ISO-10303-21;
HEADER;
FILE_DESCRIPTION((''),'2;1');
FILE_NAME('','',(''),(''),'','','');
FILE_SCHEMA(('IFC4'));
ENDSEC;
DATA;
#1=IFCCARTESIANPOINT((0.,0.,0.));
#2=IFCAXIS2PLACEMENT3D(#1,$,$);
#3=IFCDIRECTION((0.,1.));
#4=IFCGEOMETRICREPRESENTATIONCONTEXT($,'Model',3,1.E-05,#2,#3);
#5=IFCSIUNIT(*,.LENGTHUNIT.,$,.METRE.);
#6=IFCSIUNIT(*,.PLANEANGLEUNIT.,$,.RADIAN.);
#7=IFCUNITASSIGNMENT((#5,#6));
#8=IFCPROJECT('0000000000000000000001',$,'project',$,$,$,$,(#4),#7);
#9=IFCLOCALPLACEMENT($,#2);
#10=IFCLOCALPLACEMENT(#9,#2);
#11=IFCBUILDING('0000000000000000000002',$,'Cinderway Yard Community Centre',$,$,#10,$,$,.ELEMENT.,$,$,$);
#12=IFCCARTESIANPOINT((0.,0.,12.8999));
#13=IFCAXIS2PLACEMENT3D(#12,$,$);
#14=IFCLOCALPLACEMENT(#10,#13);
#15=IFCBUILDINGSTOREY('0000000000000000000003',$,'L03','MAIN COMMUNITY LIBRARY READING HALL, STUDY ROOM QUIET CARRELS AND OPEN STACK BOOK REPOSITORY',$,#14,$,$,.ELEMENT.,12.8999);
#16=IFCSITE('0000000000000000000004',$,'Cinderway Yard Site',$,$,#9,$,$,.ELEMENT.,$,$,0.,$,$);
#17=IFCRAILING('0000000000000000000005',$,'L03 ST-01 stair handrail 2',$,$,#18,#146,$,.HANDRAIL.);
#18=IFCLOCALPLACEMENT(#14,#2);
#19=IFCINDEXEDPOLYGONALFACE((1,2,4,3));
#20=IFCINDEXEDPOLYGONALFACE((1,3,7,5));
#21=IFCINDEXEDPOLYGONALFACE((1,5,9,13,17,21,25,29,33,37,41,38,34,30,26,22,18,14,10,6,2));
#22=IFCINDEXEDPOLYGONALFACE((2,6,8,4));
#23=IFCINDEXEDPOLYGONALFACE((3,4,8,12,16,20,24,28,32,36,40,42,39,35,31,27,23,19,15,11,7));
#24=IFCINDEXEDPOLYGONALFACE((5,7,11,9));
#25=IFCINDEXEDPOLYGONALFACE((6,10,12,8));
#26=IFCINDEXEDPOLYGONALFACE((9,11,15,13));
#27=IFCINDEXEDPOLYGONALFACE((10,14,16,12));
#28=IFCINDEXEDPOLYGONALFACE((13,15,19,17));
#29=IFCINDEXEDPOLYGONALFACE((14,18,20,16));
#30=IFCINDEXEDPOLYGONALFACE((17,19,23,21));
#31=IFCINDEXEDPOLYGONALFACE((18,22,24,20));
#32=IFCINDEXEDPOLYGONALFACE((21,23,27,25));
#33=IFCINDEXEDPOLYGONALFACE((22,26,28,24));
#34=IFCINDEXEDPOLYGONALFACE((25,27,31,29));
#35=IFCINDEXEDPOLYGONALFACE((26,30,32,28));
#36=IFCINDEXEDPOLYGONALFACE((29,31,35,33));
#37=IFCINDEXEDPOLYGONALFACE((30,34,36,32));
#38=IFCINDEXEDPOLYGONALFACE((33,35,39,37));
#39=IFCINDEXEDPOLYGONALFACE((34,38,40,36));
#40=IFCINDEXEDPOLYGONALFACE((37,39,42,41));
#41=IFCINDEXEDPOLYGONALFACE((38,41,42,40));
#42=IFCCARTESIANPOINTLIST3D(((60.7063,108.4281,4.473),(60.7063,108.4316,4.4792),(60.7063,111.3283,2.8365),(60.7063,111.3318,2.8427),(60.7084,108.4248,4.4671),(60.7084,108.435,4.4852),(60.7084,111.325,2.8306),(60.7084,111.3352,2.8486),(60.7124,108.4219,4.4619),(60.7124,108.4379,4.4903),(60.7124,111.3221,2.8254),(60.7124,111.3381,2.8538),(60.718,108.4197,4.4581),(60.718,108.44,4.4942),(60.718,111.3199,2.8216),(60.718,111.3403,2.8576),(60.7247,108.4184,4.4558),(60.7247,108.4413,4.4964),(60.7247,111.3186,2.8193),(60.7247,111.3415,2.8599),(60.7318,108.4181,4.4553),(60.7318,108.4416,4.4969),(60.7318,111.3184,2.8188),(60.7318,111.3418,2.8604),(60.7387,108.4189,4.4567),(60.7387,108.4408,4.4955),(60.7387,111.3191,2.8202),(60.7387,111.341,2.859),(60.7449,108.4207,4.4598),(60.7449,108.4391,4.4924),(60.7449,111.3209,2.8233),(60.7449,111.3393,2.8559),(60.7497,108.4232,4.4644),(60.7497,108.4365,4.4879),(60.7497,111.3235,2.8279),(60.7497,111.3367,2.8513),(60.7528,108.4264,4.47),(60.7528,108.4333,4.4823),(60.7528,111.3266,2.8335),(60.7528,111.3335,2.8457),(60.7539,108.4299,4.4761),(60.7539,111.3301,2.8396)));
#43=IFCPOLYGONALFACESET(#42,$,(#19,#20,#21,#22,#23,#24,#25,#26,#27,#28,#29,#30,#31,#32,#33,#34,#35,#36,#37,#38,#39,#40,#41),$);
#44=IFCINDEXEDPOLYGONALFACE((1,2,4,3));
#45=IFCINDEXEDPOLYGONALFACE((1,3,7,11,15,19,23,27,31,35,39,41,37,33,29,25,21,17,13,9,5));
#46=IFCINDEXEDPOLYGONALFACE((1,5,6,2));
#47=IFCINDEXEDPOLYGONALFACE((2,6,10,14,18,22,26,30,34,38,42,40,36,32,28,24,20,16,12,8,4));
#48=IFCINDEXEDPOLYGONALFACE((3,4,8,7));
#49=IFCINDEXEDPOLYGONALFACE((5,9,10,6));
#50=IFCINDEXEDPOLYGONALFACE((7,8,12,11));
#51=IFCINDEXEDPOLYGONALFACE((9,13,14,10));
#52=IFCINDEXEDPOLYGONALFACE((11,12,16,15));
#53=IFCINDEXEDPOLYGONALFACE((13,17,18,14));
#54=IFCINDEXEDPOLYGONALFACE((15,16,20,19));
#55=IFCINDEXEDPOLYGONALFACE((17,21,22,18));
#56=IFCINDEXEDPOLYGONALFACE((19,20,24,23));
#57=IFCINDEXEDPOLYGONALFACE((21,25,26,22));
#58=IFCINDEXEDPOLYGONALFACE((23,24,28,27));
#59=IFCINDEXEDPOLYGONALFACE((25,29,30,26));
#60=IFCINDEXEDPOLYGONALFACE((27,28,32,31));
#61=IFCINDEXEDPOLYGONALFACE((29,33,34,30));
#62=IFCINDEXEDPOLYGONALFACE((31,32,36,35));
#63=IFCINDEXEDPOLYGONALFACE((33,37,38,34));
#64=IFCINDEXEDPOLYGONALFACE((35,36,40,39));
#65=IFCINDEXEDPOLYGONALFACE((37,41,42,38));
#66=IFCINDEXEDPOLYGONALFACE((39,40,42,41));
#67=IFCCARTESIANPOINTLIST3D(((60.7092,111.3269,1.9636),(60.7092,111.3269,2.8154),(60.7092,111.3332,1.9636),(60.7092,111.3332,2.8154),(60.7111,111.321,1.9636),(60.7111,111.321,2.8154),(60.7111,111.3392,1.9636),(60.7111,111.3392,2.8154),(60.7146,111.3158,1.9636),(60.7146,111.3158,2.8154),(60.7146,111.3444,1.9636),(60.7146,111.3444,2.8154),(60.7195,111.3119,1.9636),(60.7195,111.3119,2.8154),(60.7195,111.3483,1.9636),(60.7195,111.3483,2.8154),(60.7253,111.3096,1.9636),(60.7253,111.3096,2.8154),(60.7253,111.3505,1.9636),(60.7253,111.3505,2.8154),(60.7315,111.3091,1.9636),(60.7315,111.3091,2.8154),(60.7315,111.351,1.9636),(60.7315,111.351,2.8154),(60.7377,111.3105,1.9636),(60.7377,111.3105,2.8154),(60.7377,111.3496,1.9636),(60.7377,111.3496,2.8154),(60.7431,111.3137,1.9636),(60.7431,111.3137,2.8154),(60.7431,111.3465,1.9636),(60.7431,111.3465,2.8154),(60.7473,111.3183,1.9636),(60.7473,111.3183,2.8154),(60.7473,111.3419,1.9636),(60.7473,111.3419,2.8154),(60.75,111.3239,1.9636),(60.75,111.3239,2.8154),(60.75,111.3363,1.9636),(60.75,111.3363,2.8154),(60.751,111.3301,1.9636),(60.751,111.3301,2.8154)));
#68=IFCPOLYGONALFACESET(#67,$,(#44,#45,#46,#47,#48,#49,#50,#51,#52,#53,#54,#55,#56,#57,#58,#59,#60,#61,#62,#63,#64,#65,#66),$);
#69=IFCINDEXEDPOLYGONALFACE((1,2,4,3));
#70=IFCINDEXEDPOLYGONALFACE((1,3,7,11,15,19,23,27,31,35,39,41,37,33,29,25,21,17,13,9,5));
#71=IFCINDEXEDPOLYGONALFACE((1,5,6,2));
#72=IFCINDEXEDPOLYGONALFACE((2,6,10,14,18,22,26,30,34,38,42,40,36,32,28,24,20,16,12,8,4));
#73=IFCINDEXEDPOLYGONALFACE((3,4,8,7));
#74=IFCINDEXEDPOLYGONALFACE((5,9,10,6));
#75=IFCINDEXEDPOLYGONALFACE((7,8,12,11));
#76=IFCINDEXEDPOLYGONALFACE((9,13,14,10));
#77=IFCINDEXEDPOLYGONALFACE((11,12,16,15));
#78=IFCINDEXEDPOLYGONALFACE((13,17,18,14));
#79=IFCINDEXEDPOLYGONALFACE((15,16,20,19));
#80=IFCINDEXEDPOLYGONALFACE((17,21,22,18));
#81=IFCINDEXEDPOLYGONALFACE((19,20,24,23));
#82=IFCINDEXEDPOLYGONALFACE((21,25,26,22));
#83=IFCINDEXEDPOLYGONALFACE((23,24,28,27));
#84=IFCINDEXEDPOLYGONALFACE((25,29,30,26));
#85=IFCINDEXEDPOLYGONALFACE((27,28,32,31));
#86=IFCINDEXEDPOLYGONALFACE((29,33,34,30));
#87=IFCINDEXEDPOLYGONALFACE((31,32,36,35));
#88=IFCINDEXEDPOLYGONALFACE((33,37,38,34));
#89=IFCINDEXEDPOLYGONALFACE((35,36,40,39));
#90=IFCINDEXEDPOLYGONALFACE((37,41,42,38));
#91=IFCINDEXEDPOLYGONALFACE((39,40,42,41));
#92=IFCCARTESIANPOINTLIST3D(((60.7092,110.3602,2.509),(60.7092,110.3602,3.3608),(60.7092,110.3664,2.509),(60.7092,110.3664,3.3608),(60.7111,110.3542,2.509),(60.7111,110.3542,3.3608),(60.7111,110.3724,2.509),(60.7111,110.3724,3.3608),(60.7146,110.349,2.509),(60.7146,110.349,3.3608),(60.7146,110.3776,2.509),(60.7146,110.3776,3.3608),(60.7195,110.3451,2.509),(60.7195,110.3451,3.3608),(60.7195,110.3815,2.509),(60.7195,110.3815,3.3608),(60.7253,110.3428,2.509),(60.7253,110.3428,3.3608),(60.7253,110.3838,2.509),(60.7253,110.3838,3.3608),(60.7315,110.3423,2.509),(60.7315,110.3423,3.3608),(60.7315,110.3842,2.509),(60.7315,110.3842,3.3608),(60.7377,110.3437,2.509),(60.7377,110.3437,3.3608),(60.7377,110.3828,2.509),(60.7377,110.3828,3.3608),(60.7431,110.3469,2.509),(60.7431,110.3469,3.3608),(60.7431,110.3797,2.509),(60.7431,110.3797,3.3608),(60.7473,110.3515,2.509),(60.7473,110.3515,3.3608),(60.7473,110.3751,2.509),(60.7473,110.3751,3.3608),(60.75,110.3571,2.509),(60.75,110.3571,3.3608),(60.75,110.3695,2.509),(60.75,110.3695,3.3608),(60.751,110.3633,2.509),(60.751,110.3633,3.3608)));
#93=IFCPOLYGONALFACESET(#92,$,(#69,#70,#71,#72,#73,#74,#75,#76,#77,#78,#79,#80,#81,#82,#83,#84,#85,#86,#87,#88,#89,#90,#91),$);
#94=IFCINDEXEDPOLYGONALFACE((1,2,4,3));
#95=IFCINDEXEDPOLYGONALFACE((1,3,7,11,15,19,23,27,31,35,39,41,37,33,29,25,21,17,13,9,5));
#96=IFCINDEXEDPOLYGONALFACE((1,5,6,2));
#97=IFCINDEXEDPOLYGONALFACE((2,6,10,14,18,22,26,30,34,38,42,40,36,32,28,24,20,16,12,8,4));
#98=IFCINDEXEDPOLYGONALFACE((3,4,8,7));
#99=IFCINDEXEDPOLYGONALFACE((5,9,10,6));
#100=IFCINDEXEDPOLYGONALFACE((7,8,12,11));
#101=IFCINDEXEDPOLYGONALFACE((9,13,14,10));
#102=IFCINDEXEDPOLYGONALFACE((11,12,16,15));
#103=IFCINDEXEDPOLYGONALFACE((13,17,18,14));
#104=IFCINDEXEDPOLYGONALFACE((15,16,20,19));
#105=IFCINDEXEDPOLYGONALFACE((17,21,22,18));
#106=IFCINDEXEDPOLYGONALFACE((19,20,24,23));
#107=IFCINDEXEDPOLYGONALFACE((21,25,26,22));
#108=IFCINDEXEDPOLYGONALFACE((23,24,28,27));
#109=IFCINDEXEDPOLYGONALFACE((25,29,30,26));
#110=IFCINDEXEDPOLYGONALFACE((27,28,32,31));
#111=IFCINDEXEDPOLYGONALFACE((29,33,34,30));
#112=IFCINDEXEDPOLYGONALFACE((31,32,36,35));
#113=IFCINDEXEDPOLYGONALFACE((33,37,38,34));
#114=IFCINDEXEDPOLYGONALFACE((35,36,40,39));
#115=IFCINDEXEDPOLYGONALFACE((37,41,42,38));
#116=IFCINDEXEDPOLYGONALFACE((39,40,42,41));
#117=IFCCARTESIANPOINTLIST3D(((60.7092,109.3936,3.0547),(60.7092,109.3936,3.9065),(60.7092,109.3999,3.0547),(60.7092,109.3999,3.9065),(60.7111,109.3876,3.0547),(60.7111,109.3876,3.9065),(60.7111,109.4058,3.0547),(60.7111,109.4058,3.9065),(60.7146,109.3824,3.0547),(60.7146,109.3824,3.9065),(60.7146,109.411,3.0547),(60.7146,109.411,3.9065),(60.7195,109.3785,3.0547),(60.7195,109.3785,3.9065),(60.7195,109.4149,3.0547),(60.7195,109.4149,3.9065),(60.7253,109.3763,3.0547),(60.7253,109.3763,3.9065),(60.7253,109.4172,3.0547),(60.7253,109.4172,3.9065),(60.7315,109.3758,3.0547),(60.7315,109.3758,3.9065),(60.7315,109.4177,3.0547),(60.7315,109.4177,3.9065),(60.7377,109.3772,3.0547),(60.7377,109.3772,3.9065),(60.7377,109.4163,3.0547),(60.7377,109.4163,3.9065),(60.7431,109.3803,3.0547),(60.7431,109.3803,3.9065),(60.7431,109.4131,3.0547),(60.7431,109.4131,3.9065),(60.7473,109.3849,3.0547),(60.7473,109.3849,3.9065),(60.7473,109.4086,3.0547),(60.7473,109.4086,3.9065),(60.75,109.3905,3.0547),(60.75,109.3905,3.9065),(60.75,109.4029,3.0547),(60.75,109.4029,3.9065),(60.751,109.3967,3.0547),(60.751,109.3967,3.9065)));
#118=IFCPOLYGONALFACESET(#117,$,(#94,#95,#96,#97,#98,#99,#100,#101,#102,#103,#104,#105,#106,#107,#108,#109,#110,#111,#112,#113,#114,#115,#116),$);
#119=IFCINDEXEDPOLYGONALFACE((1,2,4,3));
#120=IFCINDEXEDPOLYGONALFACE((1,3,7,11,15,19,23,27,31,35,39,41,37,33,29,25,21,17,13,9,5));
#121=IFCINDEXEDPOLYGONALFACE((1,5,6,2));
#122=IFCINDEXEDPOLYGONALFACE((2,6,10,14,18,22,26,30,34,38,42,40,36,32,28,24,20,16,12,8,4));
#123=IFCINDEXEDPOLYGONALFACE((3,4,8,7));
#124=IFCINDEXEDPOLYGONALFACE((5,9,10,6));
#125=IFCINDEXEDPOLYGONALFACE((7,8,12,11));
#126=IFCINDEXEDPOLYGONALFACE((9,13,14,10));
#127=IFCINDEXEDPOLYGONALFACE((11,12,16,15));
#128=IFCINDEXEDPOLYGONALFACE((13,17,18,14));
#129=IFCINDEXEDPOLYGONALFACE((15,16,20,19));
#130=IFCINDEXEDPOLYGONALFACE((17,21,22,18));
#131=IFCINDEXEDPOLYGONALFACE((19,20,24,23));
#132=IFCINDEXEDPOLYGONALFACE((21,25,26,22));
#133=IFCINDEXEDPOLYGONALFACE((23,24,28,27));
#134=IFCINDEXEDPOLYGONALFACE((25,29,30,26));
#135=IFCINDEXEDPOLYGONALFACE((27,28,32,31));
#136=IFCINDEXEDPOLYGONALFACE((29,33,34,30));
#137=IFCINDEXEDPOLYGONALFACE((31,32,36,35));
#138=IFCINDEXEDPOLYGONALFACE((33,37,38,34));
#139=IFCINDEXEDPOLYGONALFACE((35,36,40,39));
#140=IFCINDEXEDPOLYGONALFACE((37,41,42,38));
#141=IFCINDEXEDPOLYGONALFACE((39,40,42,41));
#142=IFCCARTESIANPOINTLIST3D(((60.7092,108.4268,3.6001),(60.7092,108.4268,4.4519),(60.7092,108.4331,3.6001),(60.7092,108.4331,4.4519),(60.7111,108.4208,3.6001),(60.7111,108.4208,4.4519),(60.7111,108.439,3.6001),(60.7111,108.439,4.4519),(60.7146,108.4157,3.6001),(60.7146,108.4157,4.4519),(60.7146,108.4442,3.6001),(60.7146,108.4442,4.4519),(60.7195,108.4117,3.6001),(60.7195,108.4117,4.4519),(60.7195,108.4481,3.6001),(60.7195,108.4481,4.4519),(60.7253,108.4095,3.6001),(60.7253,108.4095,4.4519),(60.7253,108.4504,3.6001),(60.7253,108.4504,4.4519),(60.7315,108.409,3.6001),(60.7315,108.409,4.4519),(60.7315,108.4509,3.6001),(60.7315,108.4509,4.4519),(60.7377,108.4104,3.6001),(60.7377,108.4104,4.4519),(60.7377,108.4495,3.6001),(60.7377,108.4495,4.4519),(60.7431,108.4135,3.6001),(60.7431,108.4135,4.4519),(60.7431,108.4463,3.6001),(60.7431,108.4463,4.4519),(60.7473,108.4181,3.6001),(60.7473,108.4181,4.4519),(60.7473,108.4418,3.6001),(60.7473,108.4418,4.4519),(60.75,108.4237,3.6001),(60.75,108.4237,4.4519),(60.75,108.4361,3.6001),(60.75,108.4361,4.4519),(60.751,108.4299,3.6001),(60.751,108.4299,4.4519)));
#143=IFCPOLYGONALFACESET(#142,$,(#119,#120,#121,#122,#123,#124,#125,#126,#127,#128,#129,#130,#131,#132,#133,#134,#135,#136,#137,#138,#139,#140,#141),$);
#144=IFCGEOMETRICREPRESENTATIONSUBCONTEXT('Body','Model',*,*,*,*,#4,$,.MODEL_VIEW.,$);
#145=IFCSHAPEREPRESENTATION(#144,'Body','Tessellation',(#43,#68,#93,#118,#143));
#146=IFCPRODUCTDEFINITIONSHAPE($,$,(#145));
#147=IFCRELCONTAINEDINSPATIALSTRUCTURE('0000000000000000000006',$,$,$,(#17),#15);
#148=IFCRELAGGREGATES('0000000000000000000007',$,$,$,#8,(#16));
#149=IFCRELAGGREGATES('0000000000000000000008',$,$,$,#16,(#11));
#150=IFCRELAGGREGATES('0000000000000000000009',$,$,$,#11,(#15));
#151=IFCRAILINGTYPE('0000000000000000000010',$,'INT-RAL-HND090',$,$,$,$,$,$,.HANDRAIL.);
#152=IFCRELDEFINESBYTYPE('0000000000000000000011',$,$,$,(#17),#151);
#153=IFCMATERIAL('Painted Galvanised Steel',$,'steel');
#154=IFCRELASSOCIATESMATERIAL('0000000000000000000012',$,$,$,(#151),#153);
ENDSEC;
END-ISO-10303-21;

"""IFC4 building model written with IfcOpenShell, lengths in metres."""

from ifc_helpers import new_model, si_unit, direction, frame, origin, origin_2d, place, context, subcontext, project, spatial, circle, extrude, material, type_object, element, save


model = new_model("IFC4")

# Units and contexts
model_context = context("Model", 3, precision=1e-05, world=origin(), true_north=direction((0.0, 1.0)))
body_context = subcontext(model_context, "Body", "Model", "MODEL_VIEW")
ifc_project = project(units=[si_unit("LENGTHUNIT", "METRE"), si_unit("PLANEANGLEUNIT", "RADIAN")], contexts=[model_context])

# Site, building, storey
site_placement = place(None, origin())
site = spatial("IfcSite", under=ifc_project, at=site_placement, Name="Cinderway Yard Site", CompositionType="ELEMENT", RefElevation=0.0)
building_placement = place(site_placement, origin())
building = spatial("IfcBuilding", under=site, at=building_placement, Name="Cinderway Yard Community Centre", CompositionType="ELEMENT")
storey_placement = place(building_placement, frame((0.0, 0.0, 12.8999)))
storey = spatial("IfcBuildingStorey", under=building, at=storey_placement, Name="L03", Description="MAIN COMMUNITY LIBRARY READING HALL, STUDY ROOM QUIET CARRELS AND OPEN STACK BOOK REPOSITORY", CompositionType="ELEMENT", Elevation=12.8999)

# Shared definitions
ifc_material_1 = material(Name="Painted Galvanised Steel", Category="steel")

# Railing
railing_type_1 = type_object("IfcRailingType", Name="INT-RAL-HND090", PredefinedType="HANDRAIL", material=ifc_material_1)
railing_1_placement = place(storey_placement, frame((60.73, 111.3301, 1.9636)))
element("IfcRailing", 1, at=railing_1_placement, inside=storey, type_object=railing_type_1, Name="L03 ST-01 stair handrail 2", PredefinedType="HANDRAIL", context=body_context, shape_type="SweptSolid", body=[
    extrude(circle(Radius=0.0239, at=origin_2d()), frame((0.0, 0.0, 0.876), z_axis=(0.0, -0.870915, 0.491434), x_axis=(1.0, 0.0, 0.0)), (0.0, 0.0, 1.0), 3.3301),
    extrude(circle(Radius=0.021, at=origin_2d()), origin(), (0.0, 0.0, 1.0), 0.8518),
    extrude(circle(Radius=0.021, at=origin_2d()), frame((0.0, -0.9668, 0.5454)), (0.0, 0.0, 1.0), 0.8518),
    extrude(circle(Radius=0.021, at=origin_2d()), frame((0.0, -1.9333, 1.0911)), (0.0, 0.0, 1.0), 0.8518),
    extrude(circle(Radius=0.021, at=origin_2d()), frame((0.0, -2.9001, 1.6365)), (0.0, 0.0, 1.0), 0.8518),
])

save(model, "model.ifc")
